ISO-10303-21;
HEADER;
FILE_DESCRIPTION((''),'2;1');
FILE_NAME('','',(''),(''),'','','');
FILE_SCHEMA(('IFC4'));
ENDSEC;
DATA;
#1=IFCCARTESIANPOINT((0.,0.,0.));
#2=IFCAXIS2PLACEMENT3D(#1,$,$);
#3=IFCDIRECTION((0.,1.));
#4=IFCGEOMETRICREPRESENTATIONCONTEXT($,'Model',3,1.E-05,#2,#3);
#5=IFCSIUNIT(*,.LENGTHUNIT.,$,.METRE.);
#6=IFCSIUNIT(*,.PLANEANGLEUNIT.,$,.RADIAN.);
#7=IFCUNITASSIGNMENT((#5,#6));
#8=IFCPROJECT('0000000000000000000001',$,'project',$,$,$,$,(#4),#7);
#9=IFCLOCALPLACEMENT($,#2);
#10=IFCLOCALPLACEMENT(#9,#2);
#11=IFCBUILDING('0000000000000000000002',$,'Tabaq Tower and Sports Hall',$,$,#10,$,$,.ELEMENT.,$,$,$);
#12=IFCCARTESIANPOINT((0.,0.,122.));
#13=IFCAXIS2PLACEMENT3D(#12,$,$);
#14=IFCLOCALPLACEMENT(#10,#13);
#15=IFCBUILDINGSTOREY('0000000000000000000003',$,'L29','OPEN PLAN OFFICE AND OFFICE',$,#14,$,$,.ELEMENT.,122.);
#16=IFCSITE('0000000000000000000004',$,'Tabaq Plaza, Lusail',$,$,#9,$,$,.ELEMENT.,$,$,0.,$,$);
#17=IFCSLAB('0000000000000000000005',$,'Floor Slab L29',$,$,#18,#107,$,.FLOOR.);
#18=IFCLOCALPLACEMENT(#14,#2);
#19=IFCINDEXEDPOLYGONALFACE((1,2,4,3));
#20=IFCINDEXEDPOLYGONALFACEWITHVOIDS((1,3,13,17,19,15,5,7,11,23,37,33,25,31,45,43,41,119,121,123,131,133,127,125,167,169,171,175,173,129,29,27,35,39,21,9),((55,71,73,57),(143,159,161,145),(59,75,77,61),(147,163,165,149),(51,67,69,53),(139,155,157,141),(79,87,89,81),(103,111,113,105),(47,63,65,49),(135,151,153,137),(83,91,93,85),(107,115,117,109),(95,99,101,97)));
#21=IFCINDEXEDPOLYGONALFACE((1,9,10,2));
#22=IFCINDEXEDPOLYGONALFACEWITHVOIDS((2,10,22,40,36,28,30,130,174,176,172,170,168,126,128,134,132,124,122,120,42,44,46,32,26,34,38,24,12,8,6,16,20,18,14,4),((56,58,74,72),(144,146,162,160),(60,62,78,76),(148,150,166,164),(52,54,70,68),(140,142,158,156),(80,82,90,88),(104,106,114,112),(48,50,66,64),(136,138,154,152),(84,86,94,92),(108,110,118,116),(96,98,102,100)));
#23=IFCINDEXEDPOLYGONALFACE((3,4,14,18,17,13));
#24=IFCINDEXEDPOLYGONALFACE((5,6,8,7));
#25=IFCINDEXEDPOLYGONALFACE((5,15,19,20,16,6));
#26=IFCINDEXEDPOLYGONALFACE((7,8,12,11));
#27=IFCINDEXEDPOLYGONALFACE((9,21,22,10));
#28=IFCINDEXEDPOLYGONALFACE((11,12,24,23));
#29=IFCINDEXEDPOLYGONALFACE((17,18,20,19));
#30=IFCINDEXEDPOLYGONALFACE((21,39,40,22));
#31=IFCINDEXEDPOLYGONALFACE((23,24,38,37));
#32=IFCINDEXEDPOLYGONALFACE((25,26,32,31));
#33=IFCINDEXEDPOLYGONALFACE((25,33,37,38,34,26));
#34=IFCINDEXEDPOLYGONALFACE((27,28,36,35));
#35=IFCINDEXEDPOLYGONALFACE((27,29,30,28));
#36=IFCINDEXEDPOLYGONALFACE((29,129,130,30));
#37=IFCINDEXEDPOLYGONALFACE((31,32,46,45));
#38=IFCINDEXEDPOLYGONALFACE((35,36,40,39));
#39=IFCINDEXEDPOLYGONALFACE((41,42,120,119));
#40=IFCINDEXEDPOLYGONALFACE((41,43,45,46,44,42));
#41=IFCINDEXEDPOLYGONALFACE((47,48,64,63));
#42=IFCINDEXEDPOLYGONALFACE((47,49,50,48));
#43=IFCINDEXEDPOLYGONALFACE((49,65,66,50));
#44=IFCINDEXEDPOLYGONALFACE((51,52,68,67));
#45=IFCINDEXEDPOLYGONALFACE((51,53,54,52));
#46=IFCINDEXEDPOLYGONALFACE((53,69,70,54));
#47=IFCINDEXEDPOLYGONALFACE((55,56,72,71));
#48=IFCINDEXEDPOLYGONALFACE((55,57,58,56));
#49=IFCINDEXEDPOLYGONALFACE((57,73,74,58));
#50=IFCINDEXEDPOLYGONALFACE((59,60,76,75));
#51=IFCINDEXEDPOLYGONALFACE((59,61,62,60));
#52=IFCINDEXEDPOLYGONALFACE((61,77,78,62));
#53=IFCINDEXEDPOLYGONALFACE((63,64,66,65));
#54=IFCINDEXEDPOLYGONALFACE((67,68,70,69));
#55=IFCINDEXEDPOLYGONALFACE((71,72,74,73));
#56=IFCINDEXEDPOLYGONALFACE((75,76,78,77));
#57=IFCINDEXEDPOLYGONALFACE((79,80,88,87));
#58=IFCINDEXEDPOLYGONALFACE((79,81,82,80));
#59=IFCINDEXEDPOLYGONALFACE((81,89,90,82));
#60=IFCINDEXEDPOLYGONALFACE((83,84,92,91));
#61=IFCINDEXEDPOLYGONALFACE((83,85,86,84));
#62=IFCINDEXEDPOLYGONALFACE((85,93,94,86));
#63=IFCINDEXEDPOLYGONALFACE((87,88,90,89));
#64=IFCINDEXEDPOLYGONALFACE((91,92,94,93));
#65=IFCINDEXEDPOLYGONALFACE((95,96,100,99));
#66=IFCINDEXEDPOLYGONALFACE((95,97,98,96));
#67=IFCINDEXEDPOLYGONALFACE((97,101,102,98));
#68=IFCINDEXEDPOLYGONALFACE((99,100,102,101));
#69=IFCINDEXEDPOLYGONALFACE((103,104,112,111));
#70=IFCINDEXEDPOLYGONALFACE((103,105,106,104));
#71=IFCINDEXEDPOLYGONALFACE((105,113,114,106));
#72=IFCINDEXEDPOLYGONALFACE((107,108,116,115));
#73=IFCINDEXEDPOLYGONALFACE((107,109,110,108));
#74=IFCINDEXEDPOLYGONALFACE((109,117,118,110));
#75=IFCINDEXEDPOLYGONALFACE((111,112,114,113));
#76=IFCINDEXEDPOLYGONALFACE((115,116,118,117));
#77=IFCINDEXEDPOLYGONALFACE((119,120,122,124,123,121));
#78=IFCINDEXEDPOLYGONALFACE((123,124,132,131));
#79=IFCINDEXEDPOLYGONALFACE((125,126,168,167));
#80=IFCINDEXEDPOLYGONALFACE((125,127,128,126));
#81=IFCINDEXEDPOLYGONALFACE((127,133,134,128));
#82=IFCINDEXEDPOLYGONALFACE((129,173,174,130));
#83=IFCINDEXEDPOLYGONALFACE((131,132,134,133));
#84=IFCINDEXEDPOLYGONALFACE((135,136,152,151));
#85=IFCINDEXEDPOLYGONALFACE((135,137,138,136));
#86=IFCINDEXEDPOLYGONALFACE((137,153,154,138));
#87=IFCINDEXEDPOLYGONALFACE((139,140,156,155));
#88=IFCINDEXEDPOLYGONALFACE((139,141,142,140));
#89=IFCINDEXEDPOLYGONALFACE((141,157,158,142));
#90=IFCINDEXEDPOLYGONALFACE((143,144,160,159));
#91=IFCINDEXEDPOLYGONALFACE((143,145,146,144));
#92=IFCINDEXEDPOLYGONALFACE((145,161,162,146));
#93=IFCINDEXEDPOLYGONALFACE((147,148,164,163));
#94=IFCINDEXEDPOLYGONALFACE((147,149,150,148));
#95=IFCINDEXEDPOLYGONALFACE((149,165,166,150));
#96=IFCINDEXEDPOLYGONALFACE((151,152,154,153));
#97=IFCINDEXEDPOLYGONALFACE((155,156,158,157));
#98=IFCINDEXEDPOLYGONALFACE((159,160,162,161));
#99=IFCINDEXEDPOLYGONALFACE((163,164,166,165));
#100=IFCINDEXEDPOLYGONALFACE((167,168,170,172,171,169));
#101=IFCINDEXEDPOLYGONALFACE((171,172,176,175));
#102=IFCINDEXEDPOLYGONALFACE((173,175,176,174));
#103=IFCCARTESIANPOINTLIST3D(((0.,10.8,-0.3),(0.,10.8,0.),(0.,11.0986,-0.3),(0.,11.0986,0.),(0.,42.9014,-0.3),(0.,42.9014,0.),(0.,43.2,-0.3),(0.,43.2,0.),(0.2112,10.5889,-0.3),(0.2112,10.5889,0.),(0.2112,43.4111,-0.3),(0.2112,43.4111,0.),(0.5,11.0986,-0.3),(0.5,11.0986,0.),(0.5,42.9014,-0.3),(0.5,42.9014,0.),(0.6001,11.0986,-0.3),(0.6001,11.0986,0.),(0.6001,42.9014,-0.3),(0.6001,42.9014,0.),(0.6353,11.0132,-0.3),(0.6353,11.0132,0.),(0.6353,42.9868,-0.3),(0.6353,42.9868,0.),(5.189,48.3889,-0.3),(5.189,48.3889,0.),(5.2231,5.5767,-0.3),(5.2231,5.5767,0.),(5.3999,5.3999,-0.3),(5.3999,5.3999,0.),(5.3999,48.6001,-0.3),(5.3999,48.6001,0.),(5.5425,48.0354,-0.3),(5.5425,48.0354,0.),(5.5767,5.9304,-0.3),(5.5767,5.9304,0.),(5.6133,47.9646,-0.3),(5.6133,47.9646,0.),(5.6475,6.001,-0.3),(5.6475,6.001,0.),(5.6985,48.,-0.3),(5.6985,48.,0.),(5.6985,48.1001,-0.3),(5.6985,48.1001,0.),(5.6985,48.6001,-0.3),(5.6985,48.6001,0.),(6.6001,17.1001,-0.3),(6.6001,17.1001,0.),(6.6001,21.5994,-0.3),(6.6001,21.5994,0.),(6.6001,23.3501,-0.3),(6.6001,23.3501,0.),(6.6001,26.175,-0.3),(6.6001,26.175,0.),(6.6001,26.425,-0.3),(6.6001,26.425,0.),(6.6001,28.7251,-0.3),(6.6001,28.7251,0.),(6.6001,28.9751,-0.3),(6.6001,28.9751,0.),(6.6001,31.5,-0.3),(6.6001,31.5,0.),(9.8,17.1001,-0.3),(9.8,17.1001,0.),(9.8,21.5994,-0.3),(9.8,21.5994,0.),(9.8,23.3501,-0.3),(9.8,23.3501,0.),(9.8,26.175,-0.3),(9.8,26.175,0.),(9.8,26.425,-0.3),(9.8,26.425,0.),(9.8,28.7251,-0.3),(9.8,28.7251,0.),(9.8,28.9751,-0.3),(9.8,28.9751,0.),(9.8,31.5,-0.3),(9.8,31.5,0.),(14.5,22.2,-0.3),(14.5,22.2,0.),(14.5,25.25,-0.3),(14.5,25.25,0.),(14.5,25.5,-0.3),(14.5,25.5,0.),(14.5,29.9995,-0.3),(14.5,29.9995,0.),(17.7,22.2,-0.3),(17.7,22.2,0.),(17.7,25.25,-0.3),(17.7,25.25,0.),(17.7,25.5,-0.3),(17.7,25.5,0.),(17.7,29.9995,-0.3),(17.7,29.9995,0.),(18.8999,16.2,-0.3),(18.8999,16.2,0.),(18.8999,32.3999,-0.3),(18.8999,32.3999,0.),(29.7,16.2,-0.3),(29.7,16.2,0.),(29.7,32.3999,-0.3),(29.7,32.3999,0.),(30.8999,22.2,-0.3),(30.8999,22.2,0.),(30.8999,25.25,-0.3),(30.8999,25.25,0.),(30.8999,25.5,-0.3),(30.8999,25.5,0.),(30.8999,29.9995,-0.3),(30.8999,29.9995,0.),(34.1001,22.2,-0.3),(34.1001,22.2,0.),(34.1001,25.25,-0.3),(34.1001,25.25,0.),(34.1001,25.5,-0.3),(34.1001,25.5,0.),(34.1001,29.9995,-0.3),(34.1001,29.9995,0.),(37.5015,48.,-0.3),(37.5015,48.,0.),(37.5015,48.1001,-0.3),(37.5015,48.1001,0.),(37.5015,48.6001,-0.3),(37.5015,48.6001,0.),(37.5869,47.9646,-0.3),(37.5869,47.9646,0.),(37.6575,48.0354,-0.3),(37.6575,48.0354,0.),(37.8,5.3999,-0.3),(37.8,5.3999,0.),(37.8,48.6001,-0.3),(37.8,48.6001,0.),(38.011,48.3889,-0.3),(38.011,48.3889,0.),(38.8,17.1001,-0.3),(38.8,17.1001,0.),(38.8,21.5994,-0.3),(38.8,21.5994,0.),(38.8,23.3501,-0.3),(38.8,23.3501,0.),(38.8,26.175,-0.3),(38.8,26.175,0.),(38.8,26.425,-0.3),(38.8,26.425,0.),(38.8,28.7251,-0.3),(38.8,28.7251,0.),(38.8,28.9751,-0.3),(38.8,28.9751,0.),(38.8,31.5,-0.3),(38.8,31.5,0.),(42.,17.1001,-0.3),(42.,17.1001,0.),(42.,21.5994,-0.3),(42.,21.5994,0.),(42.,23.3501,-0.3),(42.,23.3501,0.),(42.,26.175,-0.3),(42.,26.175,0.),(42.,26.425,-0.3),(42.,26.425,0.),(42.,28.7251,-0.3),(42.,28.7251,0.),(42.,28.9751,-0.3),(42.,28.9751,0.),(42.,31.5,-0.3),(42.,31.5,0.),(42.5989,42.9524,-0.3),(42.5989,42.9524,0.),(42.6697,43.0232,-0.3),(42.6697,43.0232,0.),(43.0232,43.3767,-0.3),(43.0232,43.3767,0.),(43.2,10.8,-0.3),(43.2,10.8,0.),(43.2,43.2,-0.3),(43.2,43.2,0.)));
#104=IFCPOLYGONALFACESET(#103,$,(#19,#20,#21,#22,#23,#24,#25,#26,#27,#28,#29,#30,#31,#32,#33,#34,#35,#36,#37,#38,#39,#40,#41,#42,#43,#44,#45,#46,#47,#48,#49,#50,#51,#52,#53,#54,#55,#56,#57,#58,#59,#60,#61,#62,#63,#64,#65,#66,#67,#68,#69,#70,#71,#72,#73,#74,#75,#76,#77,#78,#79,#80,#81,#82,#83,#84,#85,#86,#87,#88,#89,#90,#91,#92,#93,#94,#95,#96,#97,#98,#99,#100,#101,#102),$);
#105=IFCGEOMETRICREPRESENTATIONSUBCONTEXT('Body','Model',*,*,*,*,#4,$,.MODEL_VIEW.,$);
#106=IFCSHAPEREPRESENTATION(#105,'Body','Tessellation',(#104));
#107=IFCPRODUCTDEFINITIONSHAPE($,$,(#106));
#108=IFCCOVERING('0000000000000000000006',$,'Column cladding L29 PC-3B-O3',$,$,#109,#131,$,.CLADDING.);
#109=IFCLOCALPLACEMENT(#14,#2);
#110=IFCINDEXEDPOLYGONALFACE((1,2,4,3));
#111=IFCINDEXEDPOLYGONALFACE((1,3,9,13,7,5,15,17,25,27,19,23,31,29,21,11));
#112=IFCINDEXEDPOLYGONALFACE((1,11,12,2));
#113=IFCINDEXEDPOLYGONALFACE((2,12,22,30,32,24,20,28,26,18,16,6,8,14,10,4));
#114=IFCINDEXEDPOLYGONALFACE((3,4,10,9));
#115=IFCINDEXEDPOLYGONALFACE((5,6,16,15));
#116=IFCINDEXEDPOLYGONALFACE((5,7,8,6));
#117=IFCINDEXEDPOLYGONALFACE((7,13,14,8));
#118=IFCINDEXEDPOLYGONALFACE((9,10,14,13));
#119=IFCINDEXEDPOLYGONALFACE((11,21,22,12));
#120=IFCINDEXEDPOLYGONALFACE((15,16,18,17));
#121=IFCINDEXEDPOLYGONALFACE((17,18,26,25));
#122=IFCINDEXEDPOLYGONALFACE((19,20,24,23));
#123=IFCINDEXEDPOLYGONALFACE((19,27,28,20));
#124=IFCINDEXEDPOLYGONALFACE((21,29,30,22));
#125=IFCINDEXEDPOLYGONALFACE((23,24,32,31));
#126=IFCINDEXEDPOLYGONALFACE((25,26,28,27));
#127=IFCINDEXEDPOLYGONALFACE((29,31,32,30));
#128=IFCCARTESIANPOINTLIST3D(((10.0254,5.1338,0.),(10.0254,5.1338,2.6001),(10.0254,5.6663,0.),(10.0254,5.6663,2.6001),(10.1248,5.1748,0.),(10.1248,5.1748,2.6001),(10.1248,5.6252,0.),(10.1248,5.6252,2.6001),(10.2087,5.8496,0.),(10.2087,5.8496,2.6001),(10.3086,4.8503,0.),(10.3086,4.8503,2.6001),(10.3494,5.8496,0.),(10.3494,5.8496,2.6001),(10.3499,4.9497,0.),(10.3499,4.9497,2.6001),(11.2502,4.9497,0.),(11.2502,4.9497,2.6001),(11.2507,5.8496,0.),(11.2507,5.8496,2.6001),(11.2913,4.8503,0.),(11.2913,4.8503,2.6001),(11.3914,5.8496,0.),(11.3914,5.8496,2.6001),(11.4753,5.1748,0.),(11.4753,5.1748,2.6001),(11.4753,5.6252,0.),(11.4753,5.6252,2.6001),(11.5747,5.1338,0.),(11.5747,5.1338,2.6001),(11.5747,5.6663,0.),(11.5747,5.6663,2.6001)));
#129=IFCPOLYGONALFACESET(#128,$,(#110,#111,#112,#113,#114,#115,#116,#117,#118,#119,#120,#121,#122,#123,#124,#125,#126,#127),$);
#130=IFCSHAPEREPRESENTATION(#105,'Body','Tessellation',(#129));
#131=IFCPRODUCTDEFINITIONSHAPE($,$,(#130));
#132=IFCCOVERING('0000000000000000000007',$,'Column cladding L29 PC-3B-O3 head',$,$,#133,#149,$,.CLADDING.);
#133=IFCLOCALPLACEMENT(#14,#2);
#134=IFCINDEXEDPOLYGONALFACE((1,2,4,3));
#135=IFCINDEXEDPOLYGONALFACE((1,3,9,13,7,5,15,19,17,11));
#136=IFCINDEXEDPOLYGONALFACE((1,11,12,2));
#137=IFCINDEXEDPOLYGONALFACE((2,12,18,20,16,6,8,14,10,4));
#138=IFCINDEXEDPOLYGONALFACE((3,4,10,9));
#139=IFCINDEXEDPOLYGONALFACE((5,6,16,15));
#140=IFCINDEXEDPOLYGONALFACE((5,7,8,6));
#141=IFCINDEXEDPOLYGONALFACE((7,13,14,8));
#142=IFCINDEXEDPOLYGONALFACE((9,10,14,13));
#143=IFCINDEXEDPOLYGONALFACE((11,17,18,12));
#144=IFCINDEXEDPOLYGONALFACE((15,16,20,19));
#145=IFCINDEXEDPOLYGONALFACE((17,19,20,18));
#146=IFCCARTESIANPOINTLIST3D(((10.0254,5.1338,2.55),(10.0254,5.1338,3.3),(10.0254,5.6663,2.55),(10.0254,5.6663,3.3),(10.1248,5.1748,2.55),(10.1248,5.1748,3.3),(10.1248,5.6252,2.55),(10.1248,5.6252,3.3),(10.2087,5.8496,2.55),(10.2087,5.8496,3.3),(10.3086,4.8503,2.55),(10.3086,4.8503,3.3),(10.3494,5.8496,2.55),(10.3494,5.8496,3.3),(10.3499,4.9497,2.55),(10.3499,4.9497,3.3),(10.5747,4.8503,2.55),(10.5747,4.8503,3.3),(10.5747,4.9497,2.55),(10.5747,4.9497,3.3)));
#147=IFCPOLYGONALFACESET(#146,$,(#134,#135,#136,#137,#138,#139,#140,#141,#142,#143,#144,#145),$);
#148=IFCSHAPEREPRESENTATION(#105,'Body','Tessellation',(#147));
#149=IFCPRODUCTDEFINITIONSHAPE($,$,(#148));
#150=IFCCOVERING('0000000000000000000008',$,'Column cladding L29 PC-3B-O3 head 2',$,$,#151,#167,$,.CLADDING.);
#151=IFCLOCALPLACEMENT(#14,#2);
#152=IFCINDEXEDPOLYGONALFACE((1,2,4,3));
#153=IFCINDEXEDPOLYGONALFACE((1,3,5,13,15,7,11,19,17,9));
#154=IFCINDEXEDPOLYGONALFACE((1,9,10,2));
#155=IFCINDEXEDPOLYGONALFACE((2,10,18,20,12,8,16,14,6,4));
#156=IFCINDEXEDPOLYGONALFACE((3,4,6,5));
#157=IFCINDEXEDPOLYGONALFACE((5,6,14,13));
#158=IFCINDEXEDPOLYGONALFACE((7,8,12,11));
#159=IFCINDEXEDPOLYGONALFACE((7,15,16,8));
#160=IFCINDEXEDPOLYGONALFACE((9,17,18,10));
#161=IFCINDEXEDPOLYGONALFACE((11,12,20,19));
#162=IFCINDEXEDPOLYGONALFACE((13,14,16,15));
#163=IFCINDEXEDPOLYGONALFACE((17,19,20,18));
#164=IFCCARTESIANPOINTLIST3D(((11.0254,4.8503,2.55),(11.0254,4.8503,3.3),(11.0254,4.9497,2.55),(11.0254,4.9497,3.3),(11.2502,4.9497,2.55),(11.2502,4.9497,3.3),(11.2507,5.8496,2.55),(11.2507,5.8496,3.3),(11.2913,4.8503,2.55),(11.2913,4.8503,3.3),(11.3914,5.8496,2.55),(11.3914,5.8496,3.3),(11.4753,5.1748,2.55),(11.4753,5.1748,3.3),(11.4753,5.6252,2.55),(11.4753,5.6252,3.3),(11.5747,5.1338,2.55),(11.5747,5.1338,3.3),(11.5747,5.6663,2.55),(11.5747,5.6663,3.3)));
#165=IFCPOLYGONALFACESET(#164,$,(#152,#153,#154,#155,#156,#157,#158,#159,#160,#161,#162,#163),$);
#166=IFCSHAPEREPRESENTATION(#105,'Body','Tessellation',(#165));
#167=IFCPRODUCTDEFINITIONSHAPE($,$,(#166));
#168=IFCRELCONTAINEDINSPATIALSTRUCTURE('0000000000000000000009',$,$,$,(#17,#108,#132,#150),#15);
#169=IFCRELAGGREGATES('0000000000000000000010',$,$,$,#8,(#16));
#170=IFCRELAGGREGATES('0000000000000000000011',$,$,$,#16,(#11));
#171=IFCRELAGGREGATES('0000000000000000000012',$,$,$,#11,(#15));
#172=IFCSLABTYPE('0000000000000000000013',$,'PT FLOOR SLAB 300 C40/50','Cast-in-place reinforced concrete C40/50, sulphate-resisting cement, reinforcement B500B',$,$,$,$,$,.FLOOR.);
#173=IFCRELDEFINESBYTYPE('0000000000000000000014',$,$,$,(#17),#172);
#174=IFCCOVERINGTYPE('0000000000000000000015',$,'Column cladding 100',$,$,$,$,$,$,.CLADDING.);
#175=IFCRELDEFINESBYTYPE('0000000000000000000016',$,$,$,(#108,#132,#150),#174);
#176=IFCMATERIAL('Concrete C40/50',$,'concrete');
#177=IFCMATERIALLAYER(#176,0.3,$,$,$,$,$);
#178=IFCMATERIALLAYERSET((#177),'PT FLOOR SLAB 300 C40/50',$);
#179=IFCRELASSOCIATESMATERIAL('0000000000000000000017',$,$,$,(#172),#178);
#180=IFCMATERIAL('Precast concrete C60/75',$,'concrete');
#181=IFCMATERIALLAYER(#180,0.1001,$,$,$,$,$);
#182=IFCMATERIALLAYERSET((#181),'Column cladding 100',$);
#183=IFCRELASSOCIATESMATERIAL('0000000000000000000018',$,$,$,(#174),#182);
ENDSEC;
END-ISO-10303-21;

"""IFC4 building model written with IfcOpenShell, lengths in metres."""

from ifc_helpers import new_model, si_unit, direction, frame, origin, place, context, subcontext, project, spatial, polyline, outline, extrude, material, layer, layer_set, type_object, element, save


model = new_model("IFC4")

# Units and contexts
model_context = context("Model", 3, precision=1e-05, world=origin(), true_north=direction((0.0, 1.0)))
body_context = subcontext(model_context, "Body", "Model", "MODEL_VIEW")
ifc_project = project(units=[si_unit("LENGTHUNIT", "METRE"), si_unit("PLANEANGLEUNIT", "RADIAN")], contexts=[model_context])

# Site, building, storey
site_placement = place(None, origin())
site = spatial("IfcSite", under=ifc_project, at=site_placement, Name="Tabaq Plaza, Lusail", CompositionType="ELEMENT", RefElevation=0.0)
building_placement = place(site_placement, origin())
building = spatial("IfcBuilding", under=site, at=building_placement, Name="Tabaq Tower and Sports Hall", CompositionType="ELEMENT")
storey_placement = place(building_placement, frame((0.0, 0.0, 122.0)))
storey = spatial("IfcBuildingStorey", under=building, at=storey_placement, Name="L29", Description="OPEN PLAN OFFICE AND OFFICE", CompositionType="ELEMENT", Elevation=122.0)

# Slab
ifc_material_1 = material(Name="Concrete C40/50", Category="concrete")
ifc_layer_1 = layer(ifc_material_1, 0.3)
ifc_layer_set_1 = layer_set([ifc_layer_1], Name="PT FLOOR SLAB 300 C40/50")
slab_type = type_object("IfcSlabType", Name="PT FLOOR SLAB 300 C40/50", Description="Cast-in-place reinforced concrete C40/50, sulphate-resisting cement, reinforcement B500B", PredefinedType="FLOOR", material=ifc_layer_set_1)
slab_placement = place(storey_placement, frame((0.0, 0.0, -0.3)))
element("IfcSlab", 1, at=slab_placement, inside=storey, type_object=slab_type, Name="Floor Slab L29", PredefinedType="FLOOR", context=body_context, shape_type="SweptSolid", body=[
    extrude(outline(polyline([(0.0, 11.0986), (0.0, 10.8), (0.2112, 10.5889), (0.6353, 11.0132), (5.6475, 6.001), (5.5767, 5.9304), (5.2231, 5.5767), (5.3999, 5.3999), (37.8, 5.3999), (43.2, 10.8), (43.2, 43.2), (43.0232, 43.3767), (42.6697, 43.0232), (42.5989, 42.9524), (37.5869, 47.9646), (37.6575, 48.0354), (38.011, 48.3889), (37.8, 48.6001), (37.5015, 48.6001), (37.5015, 48.1001), (37.5015, 48.0), (5.6985, 48.0), (5.6985, 48.1001), (5.6985, 48.6001), (5.3999, 48.6001), (5.189, 48.3889), (5.5425, 48.0354), (5.6133, 47.9646), (0.6353, 42.9868), (0.2112, 43.4111), (0.0, 43.2), (0.0, 42.9014), (0.5, 42.9014), (0.6001, 42.9014), (0.6001, 11.0986), (0.5, 11.0986), (0.0, 11.0986)]), holes=[polyline([(6.6001, 21.5994), (9.8, 21.5994), (9.8, 17.1001), (6.6001, 17.1001), (6.6001, 21.5994)]), polyline([(17.7, 25.25), (17.7, 22.2), (14.5, 22.2), (14.5, 25.25), (17.7, 25.25)]), polyline([(18.8999, 32.3999), (29.7, 32.3999), (29.7, 16.2), (18.8999, 16.2), (18.8999, 32.3999)]), polyline([(6.6001, 26.175), (9.8, 26.175), (9.8, 23.3501), (6.6001, 23.3501), (6.6001, 26.175)]), polyline([(9.8, 28.7251), (9.8, 26.425), (6.6001, 26.425), (6.6001, 28.7251), (9.8, 28.7251)]), polyline([(17.7, 29.9995), (17.7, 25.5), (14.5, 25.5), (14.5, 29.9995), (17.7, 29.9995)]), polyline([(6.6001, 31.5), (9.8, 31.5), (9.8, 28.9751), (6.6001, 28.9751), (6.6001, 31.5)]), polyline([(42.0, 21.5994), (42.0, 17.1001), (38.8, 17.1001), (38.8, 21.5994), (42.0, 21.5994)]), polyline([(34.1001, 25.25), (34.1001, 22.2), (30.8999, 22.2), (30.8999, 25.25), (34.1001, 25.25)]), polyline([(42.0, 26.175), (42.0, 23.3501), (38.8, 23.3501), (38.8, 26.175), (42.0, 26.175)]), polyline([(42.0, 28.7251), (42.0, 26.425), (38.8, 26.425), (38.8, 28.7251), (42.0, 28.7251)]), polyline([(34.1001, 29.9995), (34.1001, 25.5), (30.8999, 25.5), (30.8999, 29.9995), (34.1001, 29.9995)]), polyline([(42.0, 31.5), (42.0, 28.9751), (38.8, 28.9751), (38.8, 31.5), (42.0, 31.5)])]), origin(), (0.0, 0.0, 1.0), 0.3),
])

# Coverings
ifc_material_2 = material(Name="Precast concrete C60/75", Category="concrete")
ifc_layer_2 = layer(ifc_material_2, 0.1001)
ifc_layer_set_2 = layer_set([ifc_layer_2], Name="Column cladding 100")
covering_type = type_object("IfcCoveringType", Name="Column cladding 100", PredefinedType="CLADDING", material=ifc_layer_set_2)
covering_1_placement = place(storey_placement, origin())
element("IfcCovering", 2, at=covering_1_placement, inside=storey, type_object=covering_type, Name="Column cladding L29 PC-3B-O3", PredefinedType="CLADDING", context=body_context, shape_type="SweptSolid", body=[
    extrude(outline(polyline([(10.0254, 5.6663), (10.2087, 5.8496), (10.3494, 5.8496), (10.1248, 5.6252), (10.1248, 5.1748), (10.3499, 4.9497), (11.2502, 4.9497), (11.4753, 5.1748), (11.4753, 5.6252), (11.2507, 5.8496), (11.3914, 5.8496), (11.5747, 5.6663), (11.5747, 5.1338), (11.2913, 4.8503), (10.3086, 4.8503), (10.0254, 5.1338), (10.0254, 5.6663)])), origin(), (0.0, 0.0, 1.0), 2.6001),
])
covering_2_placement = place(storey_placement, frame((0.0, 0.0, 2.55)))
element("IfcCovering", 3, at=covering_2_placement, inside=storey, type_object=covering_type, Name="Column cladding L29 PC-3B-O3 head", PredefinedType="CLADDING", context=body_context, shape_type="SweptSolid", body=[
    extrude(outline(polyline([(10.2087, 5.8496), (10.3494, 5.8496), (10.1248, 5.6252), (10.1248, 5.1748), (10.3499, 4.9497), (10.5747, 4.9497), (10.5747, 4.8503), (10.3086, 4.8503), (10.0254, 5.1338), (10.0254, 5.6663), (10.2087, 5.8496)])), origin(), (0.0, 0.0, 1.0), 0.75),
])
covering_3_placement = place(storey_placement, frame((0.0, 0.0, 2.55)))
element("IfcCovering", 4, at=covering_3_placement, inside=storey, type_object=covering_type, Name="Column cladding L29 PC-3B-O3 head 2", PredefinedType="CLADDING", context=body_context, shape_type="SweptSolid", body=[
    extrude(outline(polyline([(11.2502, 4.9497), (11.4753, 5.1748), (11.4753, 5.6252), (11.2507, 5.8496), (11.3914, 5.8496), (11.5747, 5.6663), (11.5747, 5.1338), (11.2913, 4.8503), (11.0254, 4.8503), (11.0254, 4.9497), (11.2502, 4.9497)])), origin(), (0.0, 0.0, 1.0), 0.75),
])

save(model, "model.ifc")
